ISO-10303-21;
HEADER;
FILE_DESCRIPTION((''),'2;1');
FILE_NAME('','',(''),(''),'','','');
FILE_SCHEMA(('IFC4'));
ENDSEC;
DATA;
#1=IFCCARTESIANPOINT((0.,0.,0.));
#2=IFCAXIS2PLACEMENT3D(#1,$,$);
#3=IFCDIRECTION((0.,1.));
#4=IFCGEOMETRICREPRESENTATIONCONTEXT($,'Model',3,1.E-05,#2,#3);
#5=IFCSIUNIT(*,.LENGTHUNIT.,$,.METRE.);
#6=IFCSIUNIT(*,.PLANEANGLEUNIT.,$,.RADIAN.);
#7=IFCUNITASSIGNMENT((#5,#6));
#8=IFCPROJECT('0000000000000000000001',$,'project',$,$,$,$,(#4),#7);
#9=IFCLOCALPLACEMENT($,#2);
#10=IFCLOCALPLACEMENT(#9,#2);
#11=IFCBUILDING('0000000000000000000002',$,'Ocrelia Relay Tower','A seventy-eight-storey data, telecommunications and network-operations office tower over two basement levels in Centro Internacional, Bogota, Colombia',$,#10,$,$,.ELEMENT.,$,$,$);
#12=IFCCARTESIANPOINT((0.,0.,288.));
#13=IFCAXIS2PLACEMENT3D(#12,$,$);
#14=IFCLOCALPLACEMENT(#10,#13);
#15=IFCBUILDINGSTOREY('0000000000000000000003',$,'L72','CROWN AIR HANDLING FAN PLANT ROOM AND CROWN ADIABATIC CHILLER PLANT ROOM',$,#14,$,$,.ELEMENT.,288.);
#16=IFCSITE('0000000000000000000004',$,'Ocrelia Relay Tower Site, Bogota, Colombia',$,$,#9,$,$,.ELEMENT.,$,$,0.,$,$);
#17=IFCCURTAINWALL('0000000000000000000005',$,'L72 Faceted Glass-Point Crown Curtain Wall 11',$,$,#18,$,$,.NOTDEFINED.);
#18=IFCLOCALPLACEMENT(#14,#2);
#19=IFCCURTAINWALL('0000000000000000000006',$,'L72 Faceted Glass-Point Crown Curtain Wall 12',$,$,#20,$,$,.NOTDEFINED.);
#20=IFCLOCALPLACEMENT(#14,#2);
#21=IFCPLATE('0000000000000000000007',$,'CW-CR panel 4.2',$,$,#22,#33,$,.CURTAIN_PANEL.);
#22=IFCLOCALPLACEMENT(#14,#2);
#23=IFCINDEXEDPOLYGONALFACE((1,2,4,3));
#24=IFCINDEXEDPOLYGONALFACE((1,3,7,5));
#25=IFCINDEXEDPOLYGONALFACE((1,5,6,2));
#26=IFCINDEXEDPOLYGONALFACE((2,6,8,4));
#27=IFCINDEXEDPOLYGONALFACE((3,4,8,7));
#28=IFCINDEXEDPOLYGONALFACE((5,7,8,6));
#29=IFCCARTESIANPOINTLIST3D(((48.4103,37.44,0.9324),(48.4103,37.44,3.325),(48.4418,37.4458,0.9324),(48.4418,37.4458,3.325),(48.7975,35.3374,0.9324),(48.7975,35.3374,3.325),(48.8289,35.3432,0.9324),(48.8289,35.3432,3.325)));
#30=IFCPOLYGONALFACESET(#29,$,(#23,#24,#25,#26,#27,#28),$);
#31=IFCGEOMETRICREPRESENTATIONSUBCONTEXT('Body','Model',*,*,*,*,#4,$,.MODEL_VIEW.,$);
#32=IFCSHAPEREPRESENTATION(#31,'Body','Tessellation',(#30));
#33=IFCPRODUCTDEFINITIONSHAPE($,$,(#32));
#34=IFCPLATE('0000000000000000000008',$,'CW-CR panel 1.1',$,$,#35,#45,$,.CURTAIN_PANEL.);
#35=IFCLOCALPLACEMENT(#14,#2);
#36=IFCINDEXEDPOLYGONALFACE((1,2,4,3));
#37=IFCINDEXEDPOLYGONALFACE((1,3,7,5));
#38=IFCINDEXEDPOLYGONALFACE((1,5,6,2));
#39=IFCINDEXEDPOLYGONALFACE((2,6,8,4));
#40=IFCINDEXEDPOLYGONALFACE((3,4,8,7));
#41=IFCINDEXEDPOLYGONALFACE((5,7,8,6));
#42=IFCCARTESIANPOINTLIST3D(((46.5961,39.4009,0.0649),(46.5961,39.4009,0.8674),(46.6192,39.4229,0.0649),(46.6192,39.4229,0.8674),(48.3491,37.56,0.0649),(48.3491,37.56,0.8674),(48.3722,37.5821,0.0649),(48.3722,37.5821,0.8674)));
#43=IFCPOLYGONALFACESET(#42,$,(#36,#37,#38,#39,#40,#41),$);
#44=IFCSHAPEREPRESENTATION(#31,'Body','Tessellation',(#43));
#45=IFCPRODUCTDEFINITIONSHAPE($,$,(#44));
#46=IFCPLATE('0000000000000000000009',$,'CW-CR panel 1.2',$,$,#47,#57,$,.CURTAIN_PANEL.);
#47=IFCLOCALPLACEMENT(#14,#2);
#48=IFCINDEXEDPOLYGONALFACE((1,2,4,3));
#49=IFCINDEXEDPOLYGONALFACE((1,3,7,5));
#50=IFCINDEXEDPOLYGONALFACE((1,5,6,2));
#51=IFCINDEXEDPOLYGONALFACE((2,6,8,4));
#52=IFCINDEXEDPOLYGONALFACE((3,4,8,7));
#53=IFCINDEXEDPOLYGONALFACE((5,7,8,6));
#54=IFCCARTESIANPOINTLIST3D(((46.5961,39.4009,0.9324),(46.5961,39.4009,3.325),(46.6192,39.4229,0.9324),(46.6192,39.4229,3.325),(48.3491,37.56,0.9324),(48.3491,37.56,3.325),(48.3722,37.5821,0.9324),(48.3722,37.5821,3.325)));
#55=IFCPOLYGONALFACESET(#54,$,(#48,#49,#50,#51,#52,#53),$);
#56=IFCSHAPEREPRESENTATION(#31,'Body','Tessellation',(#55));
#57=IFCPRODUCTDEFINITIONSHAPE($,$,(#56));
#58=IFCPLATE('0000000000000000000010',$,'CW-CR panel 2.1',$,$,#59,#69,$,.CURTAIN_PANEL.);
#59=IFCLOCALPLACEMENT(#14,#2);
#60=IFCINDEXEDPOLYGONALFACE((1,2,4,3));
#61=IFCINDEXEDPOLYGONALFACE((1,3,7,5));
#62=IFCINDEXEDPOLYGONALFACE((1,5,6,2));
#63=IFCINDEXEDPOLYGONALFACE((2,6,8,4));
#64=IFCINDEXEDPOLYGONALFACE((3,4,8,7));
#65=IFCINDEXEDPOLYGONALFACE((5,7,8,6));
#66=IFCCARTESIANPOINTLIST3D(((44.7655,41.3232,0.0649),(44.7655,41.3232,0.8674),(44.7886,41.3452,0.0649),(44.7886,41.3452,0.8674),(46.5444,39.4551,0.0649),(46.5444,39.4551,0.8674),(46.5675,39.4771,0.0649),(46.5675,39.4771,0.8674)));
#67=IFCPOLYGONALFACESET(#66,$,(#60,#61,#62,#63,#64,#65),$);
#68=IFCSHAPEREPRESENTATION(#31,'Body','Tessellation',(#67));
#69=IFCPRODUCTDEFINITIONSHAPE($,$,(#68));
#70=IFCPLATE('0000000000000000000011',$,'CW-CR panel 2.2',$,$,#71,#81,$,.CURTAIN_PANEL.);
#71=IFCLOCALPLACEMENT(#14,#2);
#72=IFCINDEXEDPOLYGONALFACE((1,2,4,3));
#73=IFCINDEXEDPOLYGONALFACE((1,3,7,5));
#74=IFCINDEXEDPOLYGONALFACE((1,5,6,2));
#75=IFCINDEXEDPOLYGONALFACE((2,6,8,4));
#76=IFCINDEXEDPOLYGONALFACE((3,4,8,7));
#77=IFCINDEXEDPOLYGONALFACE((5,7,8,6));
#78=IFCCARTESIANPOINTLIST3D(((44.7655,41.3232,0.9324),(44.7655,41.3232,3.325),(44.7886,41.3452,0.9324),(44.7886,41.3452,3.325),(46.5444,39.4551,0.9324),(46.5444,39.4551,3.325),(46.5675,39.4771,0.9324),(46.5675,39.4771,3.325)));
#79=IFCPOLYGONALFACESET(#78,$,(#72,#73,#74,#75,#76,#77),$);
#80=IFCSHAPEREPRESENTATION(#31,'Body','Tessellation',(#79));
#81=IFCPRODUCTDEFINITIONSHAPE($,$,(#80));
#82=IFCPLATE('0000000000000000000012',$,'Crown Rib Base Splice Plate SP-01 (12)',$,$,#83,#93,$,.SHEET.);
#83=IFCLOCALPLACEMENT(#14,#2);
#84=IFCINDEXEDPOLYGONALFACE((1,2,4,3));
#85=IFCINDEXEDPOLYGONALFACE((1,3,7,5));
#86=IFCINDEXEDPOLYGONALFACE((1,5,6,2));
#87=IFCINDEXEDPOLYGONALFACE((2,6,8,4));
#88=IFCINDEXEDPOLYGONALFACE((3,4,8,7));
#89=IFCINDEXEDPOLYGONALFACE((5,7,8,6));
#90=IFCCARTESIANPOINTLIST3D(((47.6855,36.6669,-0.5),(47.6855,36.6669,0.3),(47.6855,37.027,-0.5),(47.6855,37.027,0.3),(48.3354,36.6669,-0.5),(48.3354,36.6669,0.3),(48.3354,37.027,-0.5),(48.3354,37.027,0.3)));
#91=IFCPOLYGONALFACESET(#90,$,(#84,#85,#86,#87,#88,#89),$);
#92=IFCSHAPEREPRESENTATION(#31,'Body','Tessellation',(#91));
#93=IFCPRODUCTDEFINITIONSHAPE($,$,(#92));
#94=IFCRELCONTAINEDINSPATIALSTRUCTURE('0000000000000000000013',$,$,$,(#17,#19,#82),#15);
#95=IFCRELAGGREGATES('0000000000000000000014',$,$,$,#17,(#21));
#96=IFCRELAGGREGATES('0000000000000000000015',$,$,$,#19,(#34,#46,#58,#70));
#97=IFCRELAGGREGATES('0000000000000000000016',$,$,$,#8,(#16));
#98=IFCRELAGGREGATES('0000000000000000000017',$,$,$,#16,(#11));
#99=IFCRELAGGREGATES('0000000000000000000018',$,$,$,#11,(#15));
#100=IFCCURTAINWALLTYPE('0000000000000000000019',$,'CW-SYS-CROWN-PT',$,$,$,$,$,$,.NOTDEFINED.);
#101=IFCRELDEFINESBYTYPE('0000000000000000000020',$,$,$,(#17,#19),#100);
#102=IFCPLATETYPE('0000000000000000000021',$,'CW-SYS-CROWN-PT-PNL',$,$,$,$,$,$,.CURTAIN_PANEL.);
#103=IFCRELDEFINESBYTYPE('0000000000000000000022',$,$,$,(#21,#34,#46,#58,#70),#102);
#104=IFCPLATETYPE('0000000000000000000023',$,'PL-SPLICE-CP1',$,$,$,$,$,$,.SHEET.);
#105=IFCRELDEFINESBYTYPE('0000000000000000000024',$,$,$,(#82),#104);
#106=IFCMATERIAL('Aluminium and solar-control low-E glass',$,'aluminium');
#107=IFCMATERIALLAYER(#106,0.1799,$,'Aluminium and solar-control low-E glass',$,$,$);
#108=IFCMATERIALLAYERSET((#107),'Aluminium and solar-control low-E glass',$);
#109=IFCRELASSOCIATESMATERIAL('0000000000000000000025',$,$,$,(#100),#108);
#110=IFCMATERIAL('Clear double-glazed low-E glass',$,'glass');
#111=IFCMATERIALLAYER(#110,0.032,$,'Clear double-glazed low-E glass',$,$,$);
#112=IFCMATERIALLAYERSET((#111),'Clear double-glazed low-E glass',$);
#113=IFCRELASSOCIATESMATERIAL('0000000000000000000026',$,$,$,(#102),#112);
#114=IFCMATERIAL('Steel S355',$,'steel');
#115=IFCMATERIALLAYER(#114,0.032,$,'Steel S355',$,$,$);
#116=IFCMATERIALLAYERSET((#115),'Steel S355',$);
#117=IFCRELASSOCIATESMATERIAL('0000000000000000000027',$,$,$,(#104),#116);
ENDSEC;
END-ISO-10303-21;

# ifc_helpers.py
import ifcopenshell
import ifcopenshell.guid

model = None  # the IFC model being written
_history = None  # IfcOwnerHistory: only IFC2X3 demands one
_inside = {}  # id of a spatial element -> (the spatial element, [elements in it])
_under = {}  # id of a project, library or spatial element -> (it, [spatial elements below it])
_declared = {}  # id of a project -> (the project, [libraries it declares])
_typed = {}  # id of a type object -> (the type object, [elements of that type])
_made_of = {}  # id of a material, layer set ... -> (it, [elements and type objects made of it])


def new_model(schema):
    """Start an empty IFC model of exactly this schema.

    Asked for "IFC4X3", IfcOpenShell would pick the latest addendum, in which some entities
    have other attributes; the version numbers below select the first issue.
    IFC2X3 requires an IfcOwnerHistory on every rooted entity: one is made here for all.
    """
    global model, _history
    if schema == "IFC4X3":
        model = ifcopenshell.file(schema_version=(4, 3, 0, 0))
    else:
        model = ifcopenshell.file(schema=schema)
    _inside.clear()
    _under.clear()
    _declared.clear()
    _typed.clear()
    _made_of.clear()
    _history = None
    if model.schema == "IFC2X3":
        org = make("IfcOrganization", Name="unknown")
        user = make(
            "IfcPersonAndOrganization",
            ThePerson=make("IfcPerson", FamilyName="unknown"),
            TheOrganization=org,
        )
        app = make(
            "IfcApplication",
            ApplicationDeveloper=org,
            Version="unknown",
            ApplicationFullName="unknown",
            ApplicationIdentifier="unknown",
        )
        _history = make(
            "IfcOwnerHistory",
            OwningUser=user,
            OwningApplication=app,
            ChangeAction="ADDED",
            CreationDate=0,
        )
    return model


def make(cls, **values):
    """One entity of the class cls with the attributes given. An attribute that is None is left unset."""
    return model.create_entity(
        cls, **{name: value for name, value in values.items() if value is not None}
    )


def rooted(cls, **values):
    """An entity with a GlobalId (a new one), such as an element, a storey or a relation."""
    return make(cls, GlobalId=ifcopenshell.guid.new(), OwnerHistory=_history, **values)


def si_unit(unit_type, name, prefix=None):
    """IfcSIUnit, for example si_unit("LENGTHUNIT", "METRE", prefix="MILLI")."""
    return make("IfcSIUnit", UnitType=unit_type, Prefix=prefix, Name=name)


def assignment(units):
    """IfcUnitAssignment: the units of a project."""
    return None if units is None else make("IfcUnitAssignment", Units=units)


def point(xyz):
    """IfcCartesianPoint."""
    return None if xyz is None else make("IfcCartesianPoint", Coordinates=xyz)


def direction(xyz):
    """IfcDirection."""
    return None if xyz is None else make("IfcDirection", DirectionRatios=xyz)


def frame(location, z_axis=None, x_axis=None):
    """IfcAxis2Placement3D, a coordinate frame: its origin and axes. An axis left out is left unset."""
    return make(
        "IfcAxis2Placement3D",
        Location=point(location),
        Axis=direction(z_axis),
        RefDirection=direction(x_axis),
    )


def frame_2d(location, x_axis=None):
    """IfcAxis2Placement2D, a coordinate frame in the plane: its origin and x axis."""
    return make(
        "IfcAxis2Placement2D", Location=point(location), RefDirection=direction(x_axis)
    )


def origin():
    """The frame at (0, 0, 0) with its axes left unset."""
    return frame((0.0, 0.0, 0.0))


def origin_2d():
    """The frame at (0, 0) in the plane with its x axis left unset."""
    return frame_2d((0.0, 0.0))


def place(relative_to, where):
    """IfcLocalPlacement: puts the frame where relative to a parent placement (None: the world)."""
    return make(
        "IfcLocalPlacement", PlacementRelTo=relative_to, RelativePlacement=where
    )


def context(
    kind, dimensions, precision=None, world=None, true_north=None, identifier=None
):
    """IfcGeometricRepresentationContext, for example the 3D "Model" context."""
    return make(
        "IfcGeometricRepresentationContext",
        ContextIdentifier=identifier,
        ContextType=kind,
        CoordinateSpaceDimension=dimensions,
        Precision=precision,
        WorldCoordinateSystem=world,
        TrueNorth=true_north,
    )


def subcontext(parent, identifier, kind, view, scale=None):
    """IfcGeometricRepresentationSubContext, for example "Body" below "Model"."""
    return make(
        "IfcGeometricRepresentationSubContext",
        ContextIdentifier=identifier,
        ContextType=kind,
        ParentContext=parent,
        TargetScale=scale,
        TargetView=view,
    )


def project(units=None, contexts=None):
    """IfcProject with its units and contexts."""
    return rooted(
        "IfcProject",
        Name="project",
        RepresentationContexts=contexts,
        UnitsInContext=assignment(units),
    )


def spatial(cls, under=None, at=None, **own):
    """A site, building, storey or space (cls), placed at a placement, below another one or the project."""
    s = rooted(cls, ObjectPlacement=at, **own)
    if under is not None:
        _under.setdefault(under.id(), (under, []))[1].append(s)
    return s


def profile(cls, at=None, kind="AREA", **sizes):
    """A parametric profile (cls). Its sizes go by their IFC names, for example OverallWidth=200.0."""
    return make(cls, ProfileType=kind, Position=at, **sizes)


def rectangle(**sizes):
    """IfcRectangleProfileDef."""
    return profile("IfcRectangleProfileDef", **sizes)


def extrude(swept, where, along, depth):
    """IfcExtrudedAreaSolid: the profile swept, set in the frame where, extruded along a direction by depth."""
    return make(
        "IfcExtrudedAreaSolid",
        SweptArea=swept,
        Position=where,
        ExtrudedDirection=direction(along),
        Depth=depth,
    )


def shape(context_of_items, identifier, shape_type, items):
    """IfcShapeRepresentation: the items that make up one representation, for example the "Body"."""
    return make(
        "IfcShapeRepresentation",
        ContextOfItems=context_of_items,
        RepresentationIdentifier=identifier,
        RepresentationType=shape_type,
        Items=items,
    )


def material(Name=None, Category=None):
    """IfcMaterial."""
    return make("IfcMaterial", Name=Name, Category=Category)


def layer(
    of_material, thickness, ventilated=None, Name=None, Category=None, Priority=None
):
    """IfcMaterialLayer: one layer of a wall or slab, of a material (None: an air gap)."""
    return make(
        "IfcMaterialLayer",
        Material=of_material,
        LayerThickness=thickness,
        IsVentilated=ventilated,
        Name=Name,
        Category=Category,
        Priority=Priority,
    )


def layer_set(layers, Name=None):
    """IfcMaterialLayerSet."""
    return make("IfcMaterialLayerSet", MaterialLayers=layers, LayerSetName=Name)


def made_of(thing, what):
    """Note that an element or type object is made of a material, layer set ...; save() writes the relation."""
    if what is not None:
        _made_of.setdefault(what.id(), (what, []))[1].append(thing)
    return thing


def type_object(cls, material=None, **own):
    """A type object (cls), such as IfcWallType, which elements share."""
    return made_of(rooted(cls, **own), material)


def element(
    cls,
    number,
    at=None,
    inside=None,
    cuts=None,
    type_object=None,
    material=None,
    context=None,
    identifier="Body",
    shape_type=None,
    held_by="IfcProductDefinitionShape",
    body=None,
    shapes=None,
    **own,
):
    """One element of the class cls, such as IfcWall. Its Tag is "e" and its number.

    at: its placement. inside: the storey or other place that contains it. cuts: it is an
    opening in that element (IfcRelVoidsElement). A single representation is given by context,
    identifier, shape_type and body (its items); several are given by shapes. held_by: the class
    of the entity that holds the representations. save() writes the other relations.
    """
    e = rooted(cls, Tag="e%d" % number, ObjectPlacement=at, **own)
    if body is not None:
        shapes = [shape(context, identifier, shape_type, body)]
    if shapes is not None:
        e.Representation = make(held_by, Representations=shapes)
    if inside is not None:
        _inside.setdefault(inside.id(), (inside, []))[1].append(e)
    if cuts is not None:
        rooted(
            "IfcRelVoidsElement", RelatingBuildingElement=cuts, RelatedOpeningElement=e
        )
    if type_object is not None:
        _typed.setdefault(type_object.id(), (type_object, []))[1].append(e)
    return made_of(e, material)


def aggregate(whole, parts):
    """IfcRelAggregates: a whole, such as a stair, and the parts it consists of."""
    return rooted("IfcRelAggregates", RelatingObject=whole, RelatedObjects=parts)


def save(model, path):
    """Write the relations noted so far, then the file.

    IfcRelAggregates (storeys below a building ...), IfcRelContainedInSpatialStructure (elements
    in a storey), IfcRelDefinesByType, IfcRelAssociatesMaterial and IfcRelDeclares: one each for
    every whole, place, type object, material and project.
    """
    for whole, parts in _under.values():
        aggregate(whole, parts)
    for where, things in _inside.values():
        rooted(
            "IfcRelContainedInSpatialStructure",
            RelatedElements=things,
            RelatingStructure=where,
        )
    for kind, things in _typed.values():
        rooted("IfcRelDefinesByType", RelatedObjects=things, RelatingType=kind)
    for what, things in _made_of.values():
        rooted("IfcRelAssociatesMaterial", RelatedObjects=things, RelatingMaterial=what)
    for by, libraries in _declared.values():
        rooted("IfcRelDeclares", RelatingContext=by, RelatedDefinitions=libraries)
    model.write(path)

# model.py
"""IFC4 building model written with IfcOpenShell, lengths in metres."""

from ifc_helpers import new_model, si_unit, direction, frame, origin, origin_2d, place, context, subcontext, project, spatial, rectangle, extrude, material, layer, layer_set, type_object, element, aggregate, save


model = new_model("IFC4")

# Units and contexts
model_context = context("Model", 3, precision=1e-05, world=origin(), true_north=direction((0.0, 1.0)))
body_context = subcontext(model_context, "Body", "Model", "MODEL_VIEW")
ifc_project = project(units=[si_unit("LENGTHUNIT", "METRE"), si_unit("PLANEANGLEUNIT", "RADIAN")], contexts=[model_context])

# Site, building, storey
site_placement = place(None, origin())
site = spatial("IfcSite", under=ifc_project, at=site_placement, Name="Ocrelia Relay Tower Site, Bogota, Colombia", CompositionType="ELEMENT", RefElevation=0.0)
building_placement = place(site_placement, origin())
building = spatial("IfcBuilding", under=site, at=building_placement, Name="Ocrelia Relay Tower", Description="A seventy-eight-storey data, telecommunications and network-operations office tower over two basement levels in Centro Internacional, Bogota, Colombia", CompositionType="ELEMENT")
storey_placement = place(building_placement, frame((0.0, 0.0, 288.0)))
storey = spatial("IfcBuildingStorey", under=building, at=storey_placement, Name="L72", Description="CROWN AIR HANDLING FAN PLANT ROOM AND CROWN ADIABATIC CHILLER PLANT ROOM", CompositionType="ELEMENT", Elevation=288.0)

# Shared definitions
ifc_material_1 = material(Name="Steel S355", Category="steel")

# Curtain wall
ifc_material_2 = material(Name="Aluminium and solar-control low-E glass", Category="aluminium")
ifc_layer_1 = layer(ifc_material_2, 0.1799, Name="Aluminium and solar-control low-E glass")
ifc_layer_set_1 = layer_set([ifc_layer_1], Name="Aluminium and solar-control low-E glass")
curtain_wall_type = type_object("IfcCurtainWallType", Name="CW-SYS-CROWN-PT", PredefinedType="NOTDEFINED", material=ifc_layer_set_1)
curtain_wall_1_placement = place(storey_placement, origin())
curtain_wall_1 = element("IfcCurtainWall", 1, at=curtain_wall_1_placement, inside=storey, type_object=curtain_wall_type, Name="L72 Faceted Glass-Point Crown Curtain Wall 11", PredefinedType="NOTDEFINED")

# Curtain wall
curtain_wall_2_placement = place(storey_placement, origin())
curtain_wall_2 = element("IfcCurtainWall", 2, at=curtain_wall_2_placement, inside=storey, type_object=curtain_wall_type, Name="L72 Faceted Glass-Point Crown Curtain Wall 12", PredefinedType="NOTDEFINED")

# Plates
ifc_material_3 = material(Name="Clear double-glazed low-E glass", Category="glass")
ifc_layer_2 = layer(ifc_material_3, 0.032, Name="Clear double-glazed low-E glass")
ifc_layer_set_2 = layer_set([ifc_layer_2], Name="Clear double-glazed low-E glass")
plate_type_1 = type_object("IfcPlateType", Name="CW-SYS-CROWN-PT-PNL", PredefinedType="CURTAIN_PANEL", material=ifc_layer_set_2)
plate_1_placement = place(storey_placement, frame((48.6196, 36.3916, 0.9324), z_axis=(0.0, 0.0, 1.0), x_axis=(-0.181068, 0.983471, 0.0)))
plate_1 = element("IfcPlate", 3, at=plate_1_placement, type_object=plate_type_1, Name="CW-CR panel 4.2", PredefinedType="CURTAIN_PANEL", context=body_context, shape_type="SweptSolid", body=[
    extrude(rectangle(XDim=2.1379, YDim=0.032, at=origin_2d()), origin(), (0.0, 0.0, 1.0), 2.3926),
])
aggregate(curtain_wall_1, [plate_1])
plate_2_placement = place(storey_placement, frame((47.4841, 38.4915, 0.0649), z_axis=(0.0, 0.0, 1.0), x_axis=(-0.689617, 0.724175, 0.0)))
plate_2 = element("IfcPlate", 4, at=plate_2_placement, type_object=plate_type_1, Name="CW-CR panel 1.1", PredefinedType="CURTAIN_PANEL", context=body_context, shape_type="SweptSolid", body=[
    extrude(rectangle(XDim=2.542, YDim=0.032, at=origin_2d()), origin(), (0.0, 0.0, 1.0), 0.8025),
])
plate_3_placement = place(storey_placement, frame((47.4841, 38.4915, 0.9324), z_axis=(0.0, 0.0, 1.0), x_axis=(-0.689617, 0.724175, 0.0)))
plate_3 = element("IfcPlate", 5, at=plate_3_placement, type_object=plate_type_1, Name="CW-CR panel 1.2", PredefinedType="CURTAIN_PANEL", context=body_context, shape_type="SweptSolid", body=[
    extrude(rectangle(XDim=2.542, YDim=0.032, at=origin_2d()), origin(), (0.0, 0.0, 1.0), 2.3926),
])
plate_4_placement = place(storey_placement, frame((45.6665, 40.4001, 0.0649), z_axis=(0.0, 0.0, 1.0), x_axis=(-0.689617, 0.724175, 0.0)))
plate_4 = element("IfcPlate", 6, at=plate_4_placement, type_object=plate_type_1, Name="CW-CR panel 2.1", PredefinedType="CURTAIN_PANEL", context=body_context, shape_type="SweptSolid", body=[
    extrude(rectangle(XDim=2.5796, YDim=0.032, at=origin_2d()), origin(), (0.0, 0.0, 1.0), 0.8025),
])
plate_5_placement = place(storey_placement, frame((45.6665, 40.4001, 0.9324), z_axis=(0.0, 0.0, 1.0), x_axis=(-0.689617, 0.724175, 0.0)))
plate_5 = element("IfcPlate", 7, at=plate_5_placement, type_object=plate_type_1, Name="CW-CR panel 2.2", PredefinedType="CURTAIN_PANEL", context=body_context, shape_type="SweptSolid", body=[
    extrude(rectangle(XDim=2.5796, YDim=0.032, at=origin_2d()), origin(), (0.0, 0.0, 1.0), 2.3926),
])
aggregate(curtain_wall_2, [plate_2, plate_3, plate_4, plate_5])
ifc_layer_3 = layer(ifc_material_1, 0.032, Name="Steel S355")
ifc_layer_set_3 = layer_set([ifc_layer_3], Name="Steel S355")
plate_type_2 = type_object("IfcPlateType", Name="PL-SPLICE-CP1", PredefinedType="SHEET", material=ifc_layer_set_3)
plate_6_placement = place(storey_placement, frame((48.0105, 36.8469, -0.5), z_axis=(0.0, 0.0, 1.0), x_axis=(1.0, 0.0, 0.0)))
element("IfcPlate", 8, at=plate_6_placement, inside=storey, type_object=plate_type_2, Name="Crown Rib Base Splice Plate SP-01 (12)", PredefinedType="SHEET", context=body_context, shape_type="SweptSolid", body=[
    extrude(rectangle(XDim=0.6499, YDim=0.3601, at=origin_2d()), origin(), (0.0, 0.0, 1.0), 0.8),
])

save(model, "model.ifc")
